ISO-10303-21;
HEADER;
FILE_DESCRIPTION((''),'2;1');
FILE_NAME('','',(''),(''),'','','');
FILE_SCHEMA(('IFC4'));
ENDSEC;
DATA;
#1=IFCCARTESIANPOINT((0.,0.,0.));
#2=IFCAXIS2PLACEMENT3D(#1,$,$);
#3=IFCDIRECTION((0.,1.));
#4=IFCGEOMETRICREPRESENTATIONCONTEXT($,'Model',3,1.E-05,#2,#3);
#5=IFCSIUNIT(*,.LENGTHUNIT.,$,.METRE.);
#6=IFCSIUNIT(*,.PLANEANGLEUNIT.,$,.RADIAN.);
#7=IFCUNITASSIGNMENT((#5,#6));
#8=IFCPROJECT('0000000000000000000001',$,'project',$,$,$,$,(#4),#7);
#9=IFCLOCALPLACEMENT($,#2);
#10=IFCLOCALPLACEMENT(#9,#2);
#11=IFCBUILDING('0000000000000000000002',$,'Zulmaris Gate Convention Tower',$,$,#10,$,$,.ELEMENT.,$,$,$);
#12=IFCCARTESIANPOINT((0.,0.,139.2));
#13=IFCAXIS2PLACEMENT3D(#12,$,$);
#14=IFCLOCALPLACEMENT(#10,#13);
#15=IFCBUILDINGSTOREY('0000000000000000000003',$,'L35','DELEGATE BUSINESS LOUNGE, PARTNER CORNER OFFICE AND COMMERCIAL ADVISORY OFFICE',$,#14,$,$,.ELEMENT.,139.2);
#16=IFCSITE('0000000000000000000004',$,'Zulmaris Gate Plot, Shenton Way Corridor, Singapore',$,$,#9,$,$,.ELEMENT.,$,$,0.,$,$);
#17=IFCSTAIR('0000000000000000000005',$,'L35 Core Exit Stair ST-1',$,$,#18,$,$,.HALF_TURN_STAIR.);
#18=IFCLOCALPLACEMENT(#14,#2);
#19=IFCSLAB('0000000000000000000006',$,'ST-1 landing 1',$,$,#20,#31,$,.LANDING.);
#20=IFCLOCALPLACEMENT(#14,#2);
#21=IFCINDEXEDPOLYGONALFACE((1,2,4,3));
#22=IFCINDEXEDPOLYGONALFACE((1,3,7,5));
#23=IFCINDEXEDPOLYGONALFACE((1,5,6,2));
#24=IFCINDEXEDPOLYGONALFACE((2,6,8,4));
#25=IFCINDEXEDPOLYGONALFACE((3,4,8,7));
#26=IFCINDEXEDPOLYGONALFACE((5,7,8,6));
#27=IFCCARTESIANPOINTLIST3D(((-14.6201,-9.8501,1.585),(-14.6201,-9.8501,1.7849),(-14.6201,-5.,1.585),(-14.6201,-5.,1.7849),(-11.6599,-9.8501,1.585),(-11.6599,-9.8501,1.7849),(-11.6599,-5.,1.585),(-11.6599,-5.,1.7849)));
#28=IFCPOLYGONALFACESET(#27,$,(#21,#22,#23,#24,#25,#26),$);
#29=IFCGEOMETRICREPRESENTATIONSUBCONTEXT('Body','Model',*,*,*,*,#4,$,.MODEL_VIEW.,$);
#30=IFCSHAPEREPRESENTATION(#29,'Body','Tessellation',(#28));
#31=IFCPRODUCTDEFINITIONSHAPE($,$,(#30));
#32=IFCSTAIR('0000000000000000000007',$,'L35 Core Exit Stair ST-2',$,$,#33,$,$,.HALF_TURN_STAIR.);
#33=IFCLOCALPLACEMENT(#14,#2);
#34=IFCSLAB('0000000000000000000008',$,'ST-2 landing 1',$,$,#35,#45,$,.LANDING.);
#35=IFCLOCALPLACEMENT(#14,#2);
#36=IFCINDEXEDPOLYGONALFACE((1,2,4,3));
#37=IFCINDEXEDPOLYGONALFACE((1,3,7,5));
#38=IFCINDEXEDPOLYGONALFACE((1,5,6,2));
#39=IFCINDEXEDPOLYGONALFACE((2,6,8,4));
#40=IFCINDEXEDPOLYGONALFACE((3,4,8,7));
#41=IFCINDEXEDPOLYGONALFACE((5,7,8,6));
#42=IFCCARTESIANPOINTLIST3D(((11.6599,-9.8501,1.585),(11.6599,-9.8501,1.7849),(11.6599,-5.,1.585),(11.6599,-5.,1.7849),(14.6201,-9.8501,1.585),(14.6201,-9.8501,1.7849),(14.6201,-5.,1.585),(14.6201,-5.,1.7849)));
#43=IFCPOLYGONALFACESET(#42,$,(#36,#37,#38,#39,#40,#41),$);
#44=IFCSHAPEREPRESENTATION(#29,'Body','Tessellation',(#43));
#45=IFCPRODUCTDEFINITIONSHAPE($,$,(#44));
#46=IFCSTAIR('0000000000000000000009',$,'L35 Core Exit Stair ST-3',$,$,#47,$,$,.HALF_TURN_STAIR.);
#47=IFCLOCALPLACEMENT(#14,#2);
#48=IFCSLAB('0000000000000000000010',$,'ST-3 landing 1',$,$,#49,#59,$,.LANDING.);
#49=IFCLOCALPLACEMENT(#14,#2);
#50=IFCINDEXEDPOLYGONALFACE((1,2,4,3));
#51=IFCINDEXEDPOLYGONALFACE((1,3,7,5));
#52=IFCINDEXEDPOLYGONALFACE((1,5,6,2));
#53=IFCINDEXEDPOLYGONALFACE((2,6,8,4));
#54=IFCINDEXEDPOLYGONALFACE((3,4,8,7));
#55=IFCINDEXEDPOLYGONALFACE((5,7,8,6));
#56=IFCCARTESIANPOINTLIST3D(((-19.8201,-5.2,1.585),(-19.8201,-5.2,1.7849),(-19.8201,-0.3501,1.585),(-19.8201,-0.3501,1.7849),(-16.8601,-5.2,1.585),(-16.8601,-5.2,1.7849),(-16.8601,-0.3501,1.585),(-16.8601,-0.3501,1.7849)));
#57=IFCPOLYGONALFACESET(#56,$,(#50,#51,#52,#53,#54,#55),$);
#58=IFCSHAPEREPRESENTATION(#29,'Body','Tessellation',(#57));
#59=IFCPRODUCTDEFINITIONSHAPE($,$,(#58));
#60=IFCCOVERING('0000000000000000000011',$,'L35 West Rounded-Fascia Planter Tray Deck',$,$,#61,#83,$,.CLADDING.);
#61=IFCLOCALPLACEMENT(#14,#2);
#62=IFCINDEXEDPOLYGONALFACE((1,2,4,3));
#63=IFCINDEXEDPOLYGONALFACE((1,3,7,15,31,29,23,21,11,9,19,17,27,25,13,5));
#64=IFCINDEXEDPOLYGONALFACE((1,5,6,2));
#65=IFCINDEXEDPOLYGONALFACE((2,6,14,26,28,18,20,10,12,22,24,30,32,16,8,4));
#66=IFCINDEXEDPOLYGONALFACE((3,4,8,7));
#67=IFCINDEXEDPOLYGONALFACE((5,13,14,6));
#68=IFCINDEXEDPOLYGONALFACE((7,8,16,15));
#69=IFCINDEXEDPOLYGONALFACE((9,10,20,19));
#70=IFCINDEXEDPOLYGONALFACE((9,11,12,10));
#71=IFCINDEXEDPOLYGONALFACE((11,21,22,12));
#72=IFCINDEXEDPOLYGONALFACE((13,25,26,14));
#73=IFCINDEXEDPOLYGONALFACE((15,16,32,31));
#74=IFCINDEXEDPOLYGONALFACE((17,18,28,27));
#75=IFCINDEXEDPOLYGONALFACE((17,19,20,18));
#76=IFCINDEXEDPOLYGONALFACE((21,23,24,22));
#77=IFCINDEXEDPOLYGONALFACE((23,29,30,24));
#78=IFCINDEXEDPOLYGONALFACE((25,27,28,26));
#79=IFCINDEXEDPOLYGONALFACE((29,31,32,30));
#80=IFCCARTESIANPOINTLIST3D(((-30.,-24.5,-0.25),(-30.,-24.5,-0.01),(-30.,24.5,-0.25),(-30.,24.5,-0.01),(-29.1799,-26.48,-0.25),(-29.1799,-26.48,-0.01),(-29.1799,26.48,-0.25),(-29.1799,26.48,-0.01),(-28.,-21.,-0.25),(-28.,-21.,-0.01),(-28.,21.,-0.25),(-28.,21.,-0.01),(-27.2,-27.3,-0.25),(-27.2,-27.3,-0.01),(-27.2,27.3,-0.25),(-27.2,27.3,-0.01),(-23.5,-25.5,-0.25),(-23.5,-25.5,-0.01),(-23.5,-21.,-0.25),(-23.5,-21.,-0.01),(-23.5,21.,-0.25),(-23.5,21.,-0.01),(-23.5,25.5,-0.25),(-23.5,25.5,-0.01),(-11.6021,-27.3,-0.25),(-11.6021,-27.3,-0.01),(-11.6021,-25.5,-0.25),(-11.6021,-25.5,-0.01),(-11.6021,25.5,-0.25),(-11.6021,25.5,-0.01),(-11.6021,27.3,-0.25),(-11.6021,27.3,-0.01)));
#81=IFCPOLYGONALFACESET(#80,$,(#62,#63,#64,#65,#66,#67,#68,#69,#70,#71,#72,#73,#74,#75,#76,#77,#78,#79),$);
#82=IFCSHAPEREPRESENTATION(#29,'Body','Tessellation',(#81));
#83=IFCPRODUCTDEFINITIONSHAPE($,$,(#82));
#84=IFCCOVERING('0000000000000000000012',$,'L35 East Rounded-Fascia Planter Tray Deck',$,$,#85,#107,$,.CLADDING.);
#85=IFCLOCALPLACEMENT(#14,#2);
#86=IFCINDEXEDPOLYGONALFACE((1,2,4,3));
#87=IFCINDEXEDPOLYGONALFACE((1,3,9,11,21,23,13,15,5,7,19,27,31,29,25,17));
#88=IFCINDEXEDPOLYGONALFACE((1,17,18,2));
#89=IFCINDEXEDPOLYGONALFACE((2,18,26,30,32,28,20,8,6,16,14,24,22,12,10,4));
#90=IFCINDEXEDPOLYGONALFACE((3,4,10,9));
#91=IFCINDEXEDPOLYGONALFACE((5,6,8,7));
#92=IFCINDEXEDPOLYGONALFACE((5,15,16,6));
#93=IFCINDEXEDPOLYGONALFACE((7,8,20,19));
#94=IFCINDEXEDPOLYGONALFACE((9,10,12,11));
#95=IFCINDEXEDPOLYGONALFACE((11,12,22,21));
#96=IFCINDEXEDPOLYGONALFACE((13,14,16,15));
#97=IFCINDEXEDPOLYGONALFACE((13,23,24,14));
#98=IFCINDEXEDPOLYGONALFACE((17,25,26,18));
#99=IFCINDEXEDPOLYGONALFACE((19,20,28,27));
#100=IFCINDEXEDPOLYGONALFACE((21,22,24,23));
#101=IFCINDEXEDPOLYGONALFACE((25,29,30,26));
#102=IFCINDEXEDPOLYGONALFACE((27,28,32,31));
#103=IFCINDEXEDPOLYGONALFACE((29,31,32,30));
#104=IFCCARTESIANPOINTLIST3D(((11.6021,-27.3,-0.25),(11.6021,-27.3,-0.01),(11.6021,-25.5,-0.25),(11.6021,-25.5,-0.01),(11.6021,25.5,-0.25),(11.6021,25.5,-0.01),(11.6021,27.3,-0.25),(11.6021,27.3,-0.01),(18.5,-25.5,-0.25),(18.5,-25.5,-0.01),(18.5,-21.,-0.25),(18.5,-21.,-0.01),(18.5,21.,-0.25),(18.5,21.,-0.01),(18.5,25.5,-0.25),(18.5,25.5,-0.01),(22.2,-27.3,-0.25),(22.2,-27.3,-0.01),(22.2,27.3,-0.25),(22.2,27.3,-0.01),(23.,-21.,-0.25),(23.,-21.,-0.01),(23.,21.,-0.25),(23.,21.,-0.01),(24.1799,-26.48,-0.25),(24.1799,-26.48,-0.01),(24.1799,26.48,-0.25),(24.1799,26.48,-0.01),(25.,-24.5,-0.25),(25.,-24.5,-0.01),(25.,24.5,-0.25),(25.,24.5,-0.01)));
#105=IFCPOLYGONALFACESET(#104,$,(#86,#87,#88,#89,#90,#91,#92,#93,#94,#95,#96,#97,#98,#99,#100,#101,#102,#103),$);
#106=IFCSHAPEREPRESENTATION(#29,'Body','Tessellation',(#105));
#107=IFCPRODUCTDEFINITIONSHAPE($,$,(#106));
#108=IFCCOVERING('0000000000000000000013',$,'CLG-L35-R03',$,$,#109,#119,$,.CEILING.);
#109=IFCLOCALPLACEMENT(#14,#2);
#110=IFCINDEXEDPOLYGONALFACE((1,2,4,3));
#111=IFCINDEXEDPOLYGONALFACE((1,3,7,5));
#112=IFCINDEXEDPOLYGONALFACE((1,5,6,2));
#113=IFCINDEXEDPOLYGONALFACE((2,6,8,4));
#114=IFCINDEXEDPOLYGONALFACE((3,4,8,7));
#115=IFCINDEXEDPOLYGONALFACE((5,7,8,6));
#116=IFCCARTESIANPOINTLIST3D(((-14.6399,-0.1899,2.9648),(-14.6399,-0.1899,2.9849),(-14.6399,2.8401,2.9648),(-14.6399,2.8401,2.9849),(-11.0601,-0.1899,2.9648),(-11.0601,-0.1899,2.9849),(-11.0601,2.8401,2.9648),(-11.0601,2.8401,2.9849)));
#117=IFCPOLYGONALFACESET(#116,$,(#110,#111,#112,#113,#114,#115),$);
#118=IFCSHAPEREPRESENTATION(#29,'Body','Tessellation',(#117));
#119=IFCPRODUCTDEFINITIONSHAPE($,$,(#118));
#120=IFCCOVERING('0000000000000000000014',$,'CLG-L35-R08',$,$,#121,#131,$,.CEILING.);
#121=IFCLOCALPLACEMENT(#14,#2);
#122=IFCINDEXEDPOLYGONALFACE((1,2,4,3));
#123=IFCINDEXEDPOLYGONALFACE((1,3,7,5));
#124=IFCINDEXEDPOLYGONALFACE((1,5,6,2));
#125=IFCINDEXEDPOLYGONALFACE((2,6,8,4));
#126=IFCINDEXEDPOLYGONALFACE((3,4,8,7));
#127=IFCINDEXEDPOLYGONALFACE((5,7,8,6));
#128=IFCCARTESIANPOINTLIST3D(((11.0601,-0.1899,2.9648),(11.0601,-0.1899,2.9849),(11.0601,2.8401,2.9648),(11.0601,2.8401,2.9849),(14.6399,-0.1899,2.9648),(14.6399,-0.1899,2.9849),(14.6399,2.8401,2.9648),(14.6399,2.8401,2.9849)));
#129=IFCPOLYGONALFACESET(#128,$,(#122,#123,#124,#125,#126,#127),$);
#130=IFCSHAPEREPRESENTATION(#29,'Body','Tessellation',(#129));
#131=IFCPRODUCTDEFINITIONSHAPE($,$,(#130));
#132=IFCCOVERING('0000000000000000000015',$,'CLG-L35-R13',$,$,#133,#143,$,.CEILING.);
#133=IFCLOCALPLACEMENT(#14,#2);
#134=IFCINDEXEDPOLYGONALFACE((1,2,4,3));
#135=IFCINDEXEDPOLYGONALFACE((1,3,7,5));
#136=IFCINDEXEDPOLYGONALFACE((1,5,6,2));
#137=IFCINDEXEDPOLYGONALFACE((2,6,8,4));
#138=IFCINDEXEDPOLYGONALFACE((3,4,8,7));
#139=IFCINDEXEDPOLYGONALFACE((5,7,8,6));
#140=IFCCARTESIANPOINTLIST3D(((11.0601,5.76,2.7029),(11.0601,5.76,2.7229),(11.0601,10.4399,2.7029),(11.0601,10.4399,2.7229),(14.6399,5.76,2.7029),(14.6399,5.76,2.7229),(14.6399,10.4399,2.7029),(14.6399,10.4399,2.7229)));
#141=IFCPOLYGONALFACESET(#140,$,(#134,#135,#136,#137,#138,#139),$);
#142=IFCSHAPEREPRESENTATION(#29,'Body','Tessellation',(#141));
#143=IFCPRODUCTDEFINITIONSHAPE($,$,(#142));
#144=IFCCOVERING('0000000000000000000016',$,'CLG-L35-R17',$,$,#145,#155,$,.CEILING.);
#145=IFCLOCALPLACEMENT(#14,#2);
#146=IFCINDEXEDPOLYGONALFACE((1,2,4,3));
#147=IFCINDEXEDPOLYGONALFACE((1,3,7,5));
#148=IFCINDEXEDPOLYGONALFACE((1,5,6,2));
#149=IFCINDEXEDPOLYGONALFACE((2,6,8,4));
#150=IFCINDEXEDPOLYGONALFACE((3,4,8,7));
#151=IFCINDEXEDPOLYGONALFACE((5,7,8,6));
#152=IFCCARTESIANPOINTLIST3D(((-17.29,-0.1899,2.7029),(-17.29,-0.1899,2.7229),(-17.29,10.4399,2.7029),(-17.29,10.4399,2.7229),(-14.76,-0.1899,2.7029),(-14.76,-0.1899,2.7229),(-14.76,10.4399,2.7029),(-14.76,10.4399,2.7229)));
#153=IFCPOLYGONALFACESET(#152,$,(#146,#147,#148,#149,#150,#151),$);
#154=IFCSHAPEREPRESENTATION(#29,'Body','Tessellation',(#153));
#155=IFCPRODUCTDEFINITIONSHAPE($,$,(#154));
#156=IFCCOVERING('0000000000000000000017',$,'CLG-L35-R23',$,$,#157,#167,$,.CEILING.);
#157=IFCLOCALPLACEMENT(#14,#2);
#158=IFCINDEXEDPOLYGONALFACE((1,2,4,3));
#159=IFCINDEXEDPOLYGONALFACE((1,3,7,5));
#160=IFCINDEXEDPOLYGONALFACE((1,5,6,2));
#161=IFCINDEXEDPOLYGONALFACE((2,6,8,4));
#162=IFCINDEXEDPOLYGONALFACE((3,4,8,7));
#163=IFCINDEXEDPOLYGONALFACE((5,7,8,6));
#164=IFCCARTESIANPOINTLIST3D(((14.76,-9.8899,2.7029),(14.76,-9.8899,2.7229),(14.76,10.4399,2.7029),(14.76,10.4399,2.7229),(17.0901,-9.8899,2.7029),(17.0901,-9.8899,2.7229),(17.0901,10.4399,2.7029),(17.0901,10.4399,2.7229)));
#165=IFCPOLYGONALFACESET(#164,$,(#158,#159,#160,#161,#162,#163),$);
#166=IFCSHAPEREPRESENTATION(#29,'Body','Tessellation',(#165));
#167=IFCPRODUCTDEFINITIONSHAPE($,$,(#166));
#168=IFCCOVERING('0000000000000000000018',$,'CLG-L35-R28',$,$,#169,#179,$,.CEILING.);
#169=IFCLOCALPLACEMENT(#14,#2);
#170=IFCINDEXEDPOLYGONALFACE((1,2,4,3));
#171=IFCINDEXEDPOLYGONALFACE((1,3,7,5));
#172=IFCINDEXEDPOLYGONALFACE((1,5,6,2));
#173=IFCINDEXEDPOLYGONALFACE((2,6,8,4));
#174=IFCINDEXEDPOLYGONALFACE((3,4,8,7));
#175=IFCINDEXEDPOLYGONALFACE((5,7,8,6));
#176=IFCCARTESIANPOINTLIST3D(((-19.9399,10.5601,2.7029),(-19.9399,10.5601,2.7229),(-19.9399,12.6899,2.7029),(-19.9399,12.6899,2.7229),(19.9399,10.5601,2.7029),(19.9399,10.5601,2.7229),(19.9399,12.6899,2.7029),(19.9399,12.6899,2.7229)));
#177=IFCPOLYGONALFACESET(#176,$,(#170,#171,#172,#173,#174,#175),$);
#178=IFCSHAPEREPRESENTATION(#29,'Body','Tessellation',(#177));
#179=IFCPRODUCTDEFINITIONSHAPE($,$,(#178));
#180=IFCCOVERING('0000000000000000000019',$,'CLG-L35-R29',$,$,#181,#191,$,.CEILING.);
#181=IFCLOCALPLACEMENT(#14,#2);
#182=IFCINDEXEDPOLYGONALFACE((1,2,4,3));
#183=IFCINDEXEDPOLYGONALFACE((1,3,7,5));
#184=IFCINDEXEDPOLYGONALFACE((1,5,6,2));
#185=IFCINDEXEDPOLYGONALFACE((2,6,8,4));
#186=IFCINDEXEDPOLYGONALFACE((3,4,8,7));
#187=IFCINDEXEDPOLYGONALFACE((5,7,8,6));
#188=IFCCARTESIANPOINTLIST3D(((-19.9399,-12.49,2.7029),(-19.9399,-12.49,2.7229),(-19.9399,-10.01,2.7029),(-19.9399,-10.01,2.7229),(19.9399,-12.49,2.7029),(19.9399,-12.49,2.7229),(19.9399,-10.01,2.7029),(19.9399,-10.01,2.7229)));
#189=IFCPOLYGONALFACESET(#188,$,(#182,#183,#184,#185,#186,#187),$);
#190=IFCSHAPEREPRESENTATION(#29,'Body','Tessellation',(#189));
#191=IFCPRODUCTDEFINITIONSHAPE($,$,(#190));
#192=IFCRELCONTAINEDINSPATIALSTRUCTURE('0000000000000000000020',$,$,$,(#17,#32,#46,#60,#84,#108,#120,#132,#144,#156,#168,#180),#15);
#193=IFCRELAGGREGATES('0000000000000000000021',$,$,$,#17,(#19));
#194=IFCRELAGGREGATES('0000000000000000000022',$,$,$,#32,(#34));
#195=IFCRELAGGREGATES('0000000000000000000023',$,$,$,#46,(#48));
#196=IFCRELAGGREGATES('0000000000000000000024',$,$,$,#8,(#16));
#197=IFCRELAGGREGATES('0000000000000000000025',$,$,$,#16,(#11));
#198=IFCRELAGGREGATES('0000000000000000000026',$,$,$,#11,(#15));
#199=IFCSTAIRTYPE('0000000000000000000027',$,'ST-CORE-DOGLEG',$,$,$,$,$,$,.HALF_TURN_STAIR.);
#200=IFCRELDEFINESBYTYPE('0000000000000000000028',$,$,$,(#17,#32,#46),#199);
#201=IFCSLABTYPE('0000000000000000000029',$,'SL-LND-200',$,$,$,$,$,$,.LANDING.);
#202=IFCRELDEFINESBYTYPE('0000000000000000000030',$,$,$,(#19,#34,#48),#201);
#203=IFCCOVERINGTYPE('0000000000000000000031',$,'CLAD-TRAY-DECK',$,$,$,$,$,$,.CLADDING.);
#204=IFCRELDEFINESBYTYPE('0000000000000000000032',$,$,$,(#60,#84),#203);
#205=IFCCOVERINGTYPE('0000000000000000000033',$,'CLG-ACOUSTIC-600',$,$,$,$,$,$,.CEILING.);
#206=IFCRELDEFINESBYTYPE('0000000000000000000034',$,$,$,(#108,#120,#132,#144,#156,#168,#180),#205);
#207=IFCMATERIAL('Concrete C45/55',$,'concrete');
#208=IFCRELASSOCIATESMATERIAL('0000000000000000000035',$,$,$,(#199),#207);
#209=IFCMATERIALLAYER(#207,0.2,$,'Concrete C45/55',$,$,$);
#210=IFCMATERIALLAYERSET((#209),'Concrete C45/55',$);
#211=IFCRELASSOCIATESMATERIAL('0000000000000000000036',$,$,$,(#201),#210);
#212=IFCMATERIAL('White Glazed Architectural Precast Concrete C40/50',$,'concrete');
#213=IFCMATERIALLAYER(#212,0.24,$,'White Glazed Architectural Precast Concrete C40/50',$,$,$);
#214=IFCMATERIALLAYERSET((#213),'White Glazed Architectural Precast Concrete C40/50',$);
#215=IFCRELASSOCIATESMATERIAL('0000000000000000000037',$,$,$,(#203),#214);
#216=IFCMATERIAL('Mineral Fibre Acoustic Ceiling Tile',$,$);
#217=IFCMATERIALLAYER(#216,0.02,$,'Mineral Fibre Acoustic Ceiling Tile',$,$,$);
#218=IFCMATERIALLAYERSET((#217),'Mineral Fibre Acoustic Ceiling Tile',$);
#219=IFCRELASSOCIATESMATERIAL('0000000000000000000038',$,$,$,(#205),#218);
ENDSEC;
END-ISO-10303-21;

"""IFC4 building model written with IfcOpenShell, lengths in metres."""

from ifc_helpers import new_model, si_unit, direction, frame, origin, place, context, subcontext, project, spatial, polyline, outline, extrude, material, layer, layer_set, type_object, element, aggregate, save


model = new_model("IFC4")

# Units and contexts
model_context = context("Model", 3, precision=1e-05, world=origin(), true_north=direction((0.0, 1.0)))
body_context = subcontext(model_context, "Body", "Model", "MODEL_VIEW")
ifc_project = project(units=[si_unit("LENGTHUNIT", "METRE"), si_unit("PLANEANGLEUNIT", "RADIAN")], contexts=[model_context])

# Site, building, storey
site_placement = place(None, origin())
site = spatial("IfcSite", under=ifc_project, at=site_placement, Name="Zulmaris Gate Plot, Shenton Way Corridor, Singapore", CompositionType="ELEMENT", RefElevation=0.0)
building_placement = place(site_placement, origin())
building = spatial("IfcBuilding", under=site, at=building_placement, Name="Zulmaris Gate Convention Tower", CompositionType="ELEMENT")
storey_placement = place(building_placement, frame((0.0, 0.0, 139.2)))
storey = spatial("IfcBuildingStorey", under=building, at=storey_placement, Name="L35", Description="DELEGATE BUSINESS LOUNGE, PARTNER CORNER OFFICE AND COMMERCIAL ADVISORY OFFICE", CompositionType="ELEMENT", Elevation=139.2)

# Stairs, slabs
ifc_material_1 = material(Name="Concrete C45/55", Category="concrete")
stair_type = type_object("IfcStairType", Name="ST-CORE-DOGLEG", PredefinedType="HALF_TURN_STAIR", material=ifc_material_1)
stair_1_placement = place(storey_placement, origin())
stair_1 = element("IfcStair", 1, at=stair_1_placement, inside=storey, type_object=stair_type, Name="L35 Core Exit Stair ST-1", PredefinedType="HALF_TURN_STAIR")
ifc_layer_1 = layer(ifc_material_1, 0.2, Name="Concrete C45/55")
ifc_layer_set_1 = layer_set([ifc_layer_1], Name="Concrete C45/55")
slab_type = type_object("IfcSlabType", Name="SL-LND-200", PredefinedType="LANDING", material=ifc_layer_set_1)
slab_1_placement = place(storey_placement, frame((0.0, 0.0, 1.585)))
slab_1 = element("IfcSlab", 2, at=slab_1_placement, type_object=slab_type, Name="ST-1 landing 1", PredefinedType="LANDING", context=body_context, shape_type="SweptSolid", body=[
    extrude(outline(polyline([(-14.6201, -5.0), (-14.6201, -9.8501), (-11.6599, -9.8501), (-11.6599, -5.0), (-14.6201, -5.0)])), origin(), (0.0, 0.0, 1.0), 0.2),
])
aggregate(stair_1, [slab_1])
stair_2_placement = place(storey_placement, origin())
stair_2 = element("IfcStair", 3, at=stair_2_placement, inside=storey, type_object=stair_type, Name="L35 Core Exit Stair ST-2", PredefinedType="HALF_TURN_STAIR")
slab_2_placement = place(storey_placement, frame((0.0, 0.0, 1.585)))
slab_2 = element("IfcSlab", 4, at=slab_2_placement, type_object=slab_type, Name="ST-2 landing 1", PredefinedType="LANDING", context=body_context, shape_type="SweptSolid", body=[
    extrude(outline(polyline([(11.6599, -5.0), (11.6599, -9.8501), (14.6201, -9.8501), (14.6201, -5.0), (11.6599, -5.0)])), origin(), (0.0, 0.0, 1.0), 0.2),
])
aggregate(stair_2, [slab_2])
stair_3_placement = place(storey_placement, origin())
stair_3 = element("IfcStair", 5, at=stair_3_placement, inside=storey, type_object=stair_type, Name="L35 Core Exit Stair ST-3", PredefinedType="HALF_TURN_STAIR")
slab_3_placement = place(storey_placement, frame((0.0, 0.0, 1.585)))
slab_3 = element("IfcSlab", 6, at=slab_3_placement, type_object=slab_type, Name="ST-3 landing 1", PredefinedType="LANDING", context=body_context, shape_type="SweptSolid", body=[
    extrude(outline(polyline([(-16.8601, -5.2), (-16.8601, -0.3501), (-19.8201, -0.3501), (-19.8201, -5.2), (-16.8601, -5.2)])), origin(), (0.0, 0.0, 1.0), 0.2),
])
aggregate(stair_3, [slab_3])

# Coverings
ifc_material_2 = material(Name="White Glazed Architectural Precast Concrete C40/50", Category="concrete")
ifc_layer_2 = layer(ifc_material_2, 0.24, Name="White Glazed Architectural Precast Concrete C40/50")
ifc_layer_set_2 = layer_set([ifc_layer_2], Name="White Glazed Architectural Precast Concrete C40/50")
covering_type_1 = type_object("IfcCoveringType", Name="CLAD-TRAY-DECK", PredefinedType="CLADDING", material=ifc_layer_set_2)
covering_1_placement = place(storey_placement, frame((0.0, 0.0, -0.25)))
element("IfcCovering", 7, at=covering_1_placement, inside=storey, type_object=covering_type_1, Name="L35 West Rounded-Fascia Planter Tray Deck", PredefinedType="CLADDING", context=body_context, shape_type="SweptSolid", body=[
    extrude(outline(polyline([(-30.0, 24.5), (-29.1799, 26.48), (-27.2, 27.3), (-11.6021, 27.3), (-11.6021, 25.5), (-23.5, 25.5), (-23.5, 21.0), (-28.0, 21.0), (-28.0, -21.0), (-23.5, -21.0), (-23.5, -25.5), (-11.6021, -25.5), (-11.6021, -27.3), (-27.2, -27.3), (-29.1799, -26.48), (-30.0, -24.5), (-30.0, 24.5)])), origin(), (0.0, 0.0, 1.0), 0.24),
])
covering_2_placement = place(storey_placement, frame((0.0, 0.0, -0.25)))
element("IfcCovering", 8, at=covering_2_placement, inside=storey, type_object=covering_type_1, Name="L35 East Rounded-Fascia Planter Tray Deck", PredefinedType="CLADDING", context=body_context, shape_type="SweptSolid", body=[
    extrude(outline(polyline([(22.2, 27.3), (24.1799, 26.48), (25.0, 24.5), (25.0, -24.5), (24.1799, -26.48), (22.2, -27.3), (11.6021, -27.3), (11.6021, -25.5), (18.5, -25.5), (18.5, -21.0), (23.0, -21.0), (23.0, 21.0), (18.5, 21.0), (18.5, 25.5), (11.6021, 25.5), (11.6021, 27.3), (22.2, 27.3)])), origin(), (0.0, 0.0, 1.0), 0.24),
])
ifc_material_3 = material(Name="Mineral Fibre Acoustic Ceiling Tile")
ifc_layer_3 = layer(ifc_material_3, 0.02, Name="Mineral Fibre Acoustic Ceiling Tile")
ifc_layer_set_3 = layer_set([ifc_layer_3], Name="Mineral Fibre Acoustic Ceiling Tile")
covering_type_2 = type_object("IfcCoveringType", Name="CLG-ACOUSTIC-600", PredefinedType="CEILING", material=ifc_layer_set_3)
covering_3_placement = place(storey_placement, frame((0.0, 0.0, 2.9648)))
element("IfcCovering", 9, at=covering_3_placement, inside=storey, type_object=covering_type_2, Name="CLG-L35-R03", PredefinedType="CEILING", context=body_context, shape_type="SweptSolid", body=[
    extrude(outline(polyline([(-14.6399, -0.1899), (-11.0601, -0.1899), (-11.0601, 2.8401), (-14.6399, 2.8401), (-14.6399, -0.1899)])), origin(), (0.0, 0.0, 1.0), 0.02),
])
covering_4_placement = place(storey_placement, frame((0.0, 0.0, 2.9648)))
element("IfcCovering", 10, at=covering_4_placement, inside=storey, type_object=covering_type_2, Name="CLG-L35-R08", PredefinedType="CEILING", context=body_context, shape_type="SweptSolid", body=[
    extrude(outline(polyline([(11.0601, -0.1899), (14.6399, -0.1899), (14.6399, 2.8401), (11.0601, 2.8401), (11.0601, -0.1899)])), origin(), (0.0, 0.0, 1.0), 0.02),
])
covering_5_placement = place(storey_placement, frame((0.0, 0.0, 2.7029)))
element("IfcCovering", 11, at=covering_5_placement, inside=storey, type_object=covering_type_2, Name="CLG-L35-R13", PredefinedType="CEILING", context=body_context, shape_type="SweptSolid", body=[
    extrude(outline(polyline([(11.0601, 5.76), (14.6399, 5.76), (14.6399, 10.4399), (11.0601, 10.4399), (11.0601, 5.76)])), origin(), (0.0, 0.0, 1.0), 0.02),
])
covering_6_placement = place(storey_placement, frame((0.0, 0.0, 2.7029)))
element("IfcCovering", 12, at=covering_6_placement, inside=storey, type_object=covering_type_2, Name="CLG-L35-R17", PredefinedType="CEILING", context=body_context, shape_type="SweptSolid", body=[
    extrude(outline(polyline([(-17.29, -0.1899), (-14.76, -0.1899), (-14.76, 10.4399), (-17.29, 10.4399), (-17.29, -0.1899)])), origin(), (0.0, 0.0, 1.0), 0.02),
])
covering_7_placement = place(storey_placement, frame((0.0, 0.0, 2.7029)))
element("IfcCovering", 13, at=covering_7_placement, inside=storey, type_object=covering_type_2, Name="CLG-L35-R23", PredefinedType="CEILING", context=body_context, shape_type="SweptSolid", body=[
    extrude(outline(polyline([(14.76, -9.8899), (17.0901, -9.8899), (17.0901, 10.4399), (14.76, 10.4399), (14.76, -9.8899)])), origin(), (0.0, 0.0, 1.0), 0.02),
])
covering_8_placement = place(storey_placement, frame((0.0, 0.0, 2.7029)))
element("IfcCovering", 14, at=covering_8_placement, inside=storey, type_object=covering_type_2, Name="CLG-L35-R28", PredefinedType="CEILING", context=body_context, shape_type="SweptSolid", body=[
    extrude(outline(polyline([(-19.9399, 10.5601), (19.9399, 10.5601), (19.9399, 12.6899), (-19.9399, 12.6899), (-19.9399, 10.5601)])), origin(), (0.0, 0.0, 1.0), 0.02),
])
covering_9_placement = place(storey_placement, frame((0.0, 0.0, 2.7029)))
element("IfcCovering", 15, at=covering_9_placement, inside=storey, type_object=covering_type_2, Name="CLG-L35-R29", PredefinedType="CEILING", context=body_context, shape_type="SweptSolid", body=[
    extrude(outline(polyline([(-19.9399, -12.49), (19.9399, -12.49), (19.9399, -10.01), (-19.9399, -10.01), (-19.9399, -12.49)])), origin(), (0.0, 0.0, 1.0), 0.02),
])

save(model, "model.ifc")
